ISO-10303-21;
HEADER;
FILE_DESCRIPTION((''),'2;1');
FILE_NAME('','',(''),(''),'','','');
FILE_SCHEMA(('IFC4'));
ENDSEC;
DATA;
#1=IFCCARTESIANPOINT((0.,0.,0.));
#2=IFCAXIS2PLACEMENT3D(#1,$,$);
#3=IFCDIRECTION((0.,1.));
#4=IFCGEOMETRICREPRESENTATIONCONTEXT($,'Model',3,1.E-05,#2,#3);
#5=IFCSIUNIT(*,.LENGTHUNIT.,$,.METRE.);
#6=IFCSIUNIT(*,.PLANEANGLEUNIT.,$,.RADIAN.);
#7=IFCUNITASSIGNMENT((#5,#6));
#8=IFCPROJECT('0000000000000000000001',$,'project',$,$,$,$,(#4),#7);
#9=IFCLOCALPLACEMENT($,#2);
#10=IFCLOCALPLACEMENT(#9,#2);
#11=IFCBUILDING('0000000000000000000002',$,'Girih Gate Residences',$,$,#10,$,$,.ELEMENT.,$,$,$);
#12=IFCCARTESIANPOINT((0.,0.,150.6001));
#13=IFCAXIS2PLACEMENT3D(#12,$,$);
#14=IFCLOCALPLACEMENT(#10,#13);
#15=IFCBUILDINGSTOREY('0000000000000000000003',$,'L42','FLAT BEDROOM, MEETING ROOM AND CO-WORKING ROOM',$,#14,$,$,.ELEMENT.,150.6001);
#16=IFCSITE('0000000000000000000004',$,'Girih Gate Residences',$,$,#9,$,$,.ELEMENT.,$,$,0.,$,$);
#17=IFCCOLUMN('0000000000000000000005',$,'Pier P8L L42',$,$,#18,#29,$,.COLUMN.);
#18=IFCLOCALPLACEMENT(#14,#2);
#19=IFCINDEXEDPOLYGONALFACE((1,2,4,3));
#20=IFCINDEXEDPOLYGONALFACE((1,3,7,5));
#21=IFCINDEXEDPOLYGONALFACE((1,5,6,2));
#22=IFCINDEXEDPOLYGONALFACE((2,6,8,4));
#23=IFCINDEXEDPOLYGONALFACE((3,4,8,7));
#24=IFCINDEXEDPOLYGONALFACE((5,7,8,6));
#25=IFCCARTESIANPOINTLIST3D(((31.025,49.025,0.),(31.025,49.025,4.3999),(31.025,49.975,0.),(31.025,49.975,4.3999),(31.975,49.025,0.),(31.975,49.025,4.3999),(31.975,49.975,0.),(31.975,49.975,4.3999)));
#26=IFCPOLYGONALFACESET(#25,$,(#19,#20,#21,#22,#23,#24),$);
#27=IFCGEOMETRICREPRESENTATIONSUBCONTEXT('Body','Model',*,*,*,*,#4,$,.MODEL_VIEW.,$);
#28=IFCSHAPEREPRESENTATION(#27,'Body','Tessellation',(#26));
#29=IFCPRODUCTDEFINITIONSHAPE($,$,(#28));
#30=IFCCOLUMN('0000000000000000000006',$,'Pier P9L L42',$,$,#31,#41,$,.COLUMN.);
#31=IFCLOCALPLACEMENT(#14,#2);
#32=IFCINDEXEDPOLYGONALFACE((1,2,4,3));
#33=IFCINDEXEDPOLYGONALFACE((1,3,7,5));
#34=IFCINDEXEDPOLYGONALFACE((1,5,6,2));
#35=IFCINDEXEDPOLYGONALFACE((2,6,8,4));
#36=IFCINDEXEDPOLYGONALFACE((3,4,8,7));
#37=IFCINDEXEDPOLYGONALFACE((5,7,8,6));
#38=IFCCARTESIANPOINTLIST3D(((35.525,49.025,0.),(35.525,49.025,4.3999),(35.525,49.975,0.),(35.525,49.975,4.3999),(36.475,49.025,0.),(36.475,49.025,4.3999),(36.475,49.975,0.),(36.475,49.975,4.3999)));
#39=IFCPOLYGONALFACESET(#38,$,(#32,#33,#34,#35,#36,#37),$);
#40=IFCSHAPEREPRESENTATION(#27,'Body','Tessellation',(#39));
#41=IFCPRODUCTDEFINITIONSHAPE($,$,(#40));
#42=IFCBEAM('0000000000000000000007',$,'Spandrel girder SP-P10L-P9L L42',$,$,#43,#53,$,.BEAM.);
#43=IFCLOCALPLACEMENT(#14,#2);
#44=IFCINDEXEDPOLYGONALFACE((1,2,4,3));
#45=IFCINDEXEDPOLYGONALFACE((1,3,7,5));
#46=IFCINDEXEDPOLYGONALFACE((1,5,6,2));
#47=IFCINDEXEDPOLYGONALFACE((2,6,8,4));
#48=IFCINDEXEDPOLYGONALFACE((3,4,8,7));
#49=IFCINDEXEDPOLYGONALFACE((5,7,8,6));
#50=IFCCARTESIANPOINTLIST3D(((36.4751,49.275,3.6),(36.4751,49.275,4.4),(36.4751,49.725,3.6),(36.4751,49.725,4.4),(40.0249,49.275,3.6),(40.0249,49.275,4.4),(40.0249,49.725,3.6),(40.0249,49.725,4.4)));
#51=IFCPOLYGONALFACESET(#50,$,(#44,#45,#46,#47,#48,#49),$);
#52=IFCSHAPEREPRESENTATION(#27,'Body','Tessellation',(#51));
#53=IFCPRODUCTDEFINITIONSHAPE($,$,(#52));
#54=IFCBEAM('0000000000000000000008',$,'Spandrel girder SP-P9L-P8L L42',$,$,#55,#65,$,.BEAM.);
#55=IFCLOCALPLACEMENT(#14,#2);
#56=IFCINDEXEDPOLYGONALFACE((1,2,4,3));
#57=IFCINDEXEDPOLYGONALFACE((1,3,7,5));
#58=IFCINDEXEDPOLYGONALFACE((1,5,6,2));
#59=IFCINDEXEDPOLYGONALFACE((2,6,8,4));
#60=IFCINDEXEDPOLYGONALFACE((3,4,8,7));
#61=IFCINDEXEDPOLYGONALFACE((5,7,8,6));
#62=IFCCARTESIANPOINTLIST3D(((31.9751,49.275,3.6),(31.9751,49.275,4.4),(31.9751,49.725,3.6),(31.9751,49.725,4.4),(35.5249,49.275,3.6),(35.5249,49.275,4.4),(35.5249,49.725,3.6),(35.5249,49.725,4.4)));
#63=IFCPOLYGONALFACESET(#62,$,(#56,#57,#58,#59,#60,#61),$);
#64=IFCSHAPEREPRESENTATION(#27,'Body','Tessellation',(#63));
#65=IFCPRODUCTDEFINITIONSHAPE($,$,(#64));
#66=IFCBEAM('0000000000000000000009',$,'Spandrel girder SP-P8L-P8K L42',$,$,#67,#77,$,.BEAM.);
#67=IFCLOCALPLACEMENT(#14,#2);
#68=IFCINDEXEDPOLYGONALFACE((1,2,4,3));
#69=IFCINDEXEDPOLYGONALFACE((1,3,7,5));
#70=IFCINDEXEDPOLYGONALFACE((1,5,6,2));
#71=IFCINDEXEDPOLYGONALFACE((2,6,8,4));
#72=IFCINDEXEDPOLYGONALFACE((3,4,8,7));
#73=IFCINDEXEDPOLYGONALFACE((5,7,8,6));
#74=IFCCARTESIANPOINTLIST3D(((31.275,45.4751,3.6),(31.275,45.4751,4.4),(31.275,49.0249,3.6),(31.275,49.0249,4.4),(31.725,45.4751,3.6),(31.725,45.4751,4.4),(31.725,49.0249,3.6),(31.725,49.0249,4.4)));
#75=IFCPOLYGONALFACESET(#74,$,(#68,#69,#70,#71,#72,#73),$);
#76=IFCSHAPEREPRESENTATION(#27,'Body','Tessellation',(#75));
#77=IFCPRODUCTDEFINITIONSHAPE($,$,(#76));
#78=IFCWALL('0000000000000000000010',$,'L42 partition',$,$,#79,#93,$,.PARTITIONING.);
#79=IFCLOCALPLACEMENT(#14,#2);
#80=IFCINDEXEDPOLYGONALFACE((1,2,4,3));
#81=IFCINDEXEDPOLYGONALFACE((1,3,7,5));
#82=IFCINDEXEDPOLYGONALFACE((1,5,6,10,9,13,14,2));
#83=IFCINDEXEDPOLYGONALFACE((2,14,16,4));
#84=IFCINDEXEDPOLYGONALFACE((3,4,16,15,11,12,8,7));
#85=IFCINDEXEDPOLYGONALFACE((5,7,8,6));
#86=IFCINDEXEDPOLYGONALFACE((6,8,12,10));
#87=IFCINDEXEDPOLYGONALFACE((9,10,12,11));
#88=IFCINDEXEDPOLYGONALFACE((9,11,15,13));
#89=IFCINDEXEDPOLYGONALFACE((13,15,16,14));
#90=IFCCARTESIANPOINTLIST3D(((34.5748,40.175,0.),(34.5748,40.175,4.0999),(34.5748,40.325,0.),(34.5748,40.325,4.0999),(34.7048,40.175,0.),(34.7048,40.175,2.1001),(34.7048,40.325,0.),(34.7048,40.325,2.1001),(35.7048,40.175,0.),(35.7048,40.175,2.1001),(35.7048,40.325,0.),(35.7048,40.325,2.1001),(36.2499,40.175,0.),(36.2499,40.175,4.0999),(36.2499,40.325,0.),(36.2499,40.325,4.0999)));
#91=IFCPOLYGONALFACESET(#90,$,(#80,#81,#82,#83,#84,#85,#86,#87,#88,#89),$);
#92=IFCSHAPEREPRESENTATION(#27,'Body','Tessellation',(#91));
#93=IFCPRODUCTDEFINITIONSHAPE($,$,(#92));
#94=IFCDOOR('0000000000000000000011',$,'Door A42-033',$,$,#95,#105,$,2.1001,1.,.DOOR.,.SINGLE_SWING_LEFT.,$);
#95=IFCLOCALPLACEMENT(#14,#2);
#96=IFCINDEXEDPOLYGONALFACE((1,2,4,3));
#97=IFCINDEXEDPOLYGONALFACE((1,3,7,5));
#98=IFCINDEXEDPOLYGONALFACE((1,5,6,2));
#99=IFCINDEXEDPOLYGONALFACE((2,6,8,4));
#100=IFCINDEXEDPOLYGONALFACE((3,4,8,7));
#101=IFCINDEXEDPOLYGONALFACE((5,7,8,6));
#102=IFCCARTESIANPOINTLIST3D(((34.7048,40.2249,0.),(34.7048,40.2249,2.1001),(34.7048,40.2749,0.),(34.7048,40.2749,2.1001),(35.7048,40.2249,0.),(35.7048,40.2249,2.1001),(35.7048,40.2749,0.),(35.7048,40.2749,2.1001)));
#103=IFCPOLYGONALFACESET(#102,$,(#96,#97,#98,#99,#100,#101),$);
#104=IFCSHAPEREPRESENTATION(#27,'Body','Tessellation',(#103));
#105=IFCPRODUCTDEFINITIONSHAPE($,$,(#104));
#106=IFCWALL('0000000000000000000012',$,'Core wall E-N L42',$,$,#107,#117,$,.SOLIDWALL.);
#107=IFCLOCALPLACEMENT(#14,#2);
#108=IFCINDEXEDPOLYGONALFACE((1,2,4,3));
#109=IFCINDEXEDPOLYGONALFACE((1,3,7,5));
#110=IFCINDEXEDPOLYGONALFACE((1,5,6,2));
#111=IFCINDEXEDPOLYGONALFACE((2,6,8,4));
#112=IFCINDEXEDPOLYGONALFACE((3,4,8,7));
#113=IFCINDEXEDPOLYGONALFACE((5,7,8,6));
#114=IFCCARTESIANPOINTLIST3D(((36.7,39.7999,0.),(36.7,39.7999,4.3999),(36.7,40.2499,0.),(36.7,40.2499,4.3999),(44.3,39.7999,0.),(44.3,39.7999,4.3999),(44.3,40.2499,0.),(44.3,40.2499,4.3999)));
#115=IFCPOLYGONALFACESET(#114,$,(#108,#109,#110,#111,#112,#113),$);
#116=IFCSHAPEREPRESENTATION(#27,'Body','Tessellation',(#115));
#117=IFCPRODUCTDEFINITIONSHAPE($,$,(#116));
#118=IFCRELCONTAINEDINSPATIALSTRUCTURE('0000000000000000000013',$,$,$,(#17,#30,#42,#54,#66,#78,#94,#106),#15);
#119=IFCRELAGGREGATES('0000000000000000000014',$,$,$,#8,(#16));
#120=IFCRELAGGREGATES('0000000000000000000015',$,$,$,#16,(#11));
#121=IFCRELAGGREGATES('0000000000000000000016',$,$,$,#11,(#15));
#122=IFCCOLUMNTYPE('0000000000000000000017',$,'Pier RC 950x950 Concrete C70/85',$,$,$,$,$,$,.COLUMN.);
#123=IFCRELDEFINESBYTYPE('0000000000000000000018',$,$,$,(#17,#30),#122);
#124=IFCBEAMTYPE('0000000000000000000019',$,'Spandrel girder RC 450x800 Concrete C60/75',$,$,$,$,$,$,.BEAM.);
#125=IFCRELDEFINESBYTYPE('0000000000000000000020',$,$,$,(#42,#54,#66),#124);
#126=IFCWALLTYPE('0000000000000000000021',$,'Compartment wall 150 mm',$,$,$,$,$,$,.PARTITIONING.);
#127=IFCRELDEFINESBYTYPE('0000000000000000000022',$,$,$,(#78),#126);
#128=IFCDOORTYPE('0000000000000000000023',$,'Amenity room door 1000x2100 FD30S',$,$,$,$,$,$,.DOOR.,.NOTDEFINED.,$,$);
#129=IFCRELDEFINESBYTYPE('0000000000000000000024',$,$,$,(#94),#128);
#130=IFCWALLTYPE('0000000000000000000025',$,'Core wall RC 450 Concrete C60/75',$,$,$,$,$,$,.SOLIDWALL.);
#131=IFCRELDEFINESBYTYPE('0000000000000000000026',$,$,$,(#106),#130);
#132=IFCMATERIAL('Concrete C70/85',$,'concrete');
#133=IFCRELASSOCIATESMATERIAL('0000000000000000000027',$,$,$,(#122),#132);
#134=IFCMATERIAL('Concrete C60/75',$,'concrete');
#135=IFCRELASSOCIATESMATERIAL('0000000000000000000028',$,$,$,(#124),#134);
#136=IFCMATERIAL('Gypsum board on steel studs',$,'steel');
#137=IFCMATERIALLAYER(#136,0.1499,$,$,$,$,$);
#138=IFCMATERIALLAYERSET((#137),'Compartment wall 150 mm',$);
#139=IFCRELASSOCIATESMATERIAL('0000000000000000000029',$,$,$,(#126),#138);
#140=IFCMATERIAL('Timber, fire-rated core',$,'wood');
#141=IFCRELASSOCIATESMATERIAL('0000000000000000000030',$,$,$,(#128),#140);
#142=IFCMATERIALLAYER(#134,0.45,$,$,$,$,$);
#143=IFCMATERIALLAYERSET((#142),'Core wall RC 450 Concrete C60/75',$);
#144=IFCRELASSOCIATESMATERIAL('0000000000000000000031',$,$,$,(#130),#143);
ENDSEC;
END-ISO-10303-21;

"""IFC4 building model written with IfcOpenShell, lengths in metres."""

from ifc_helpers import new_model, si_unit, direction, frame, frame_2d, origin, origin_2d, place, context, subcontext, project, spatial, rectangle, extrude, material, layer, layer_set, material_profile, profile_set, type_object, element, fill, save


model = new_model("IFC4")

# Units and contexts
model_context = context("Model", 3, precision=1e-05, world=origin(), true_north=direction((0.0, 1.0)))
body_context = subcontext(model_context, "Body", "Model", "MODEL_VIEW")
ifc_project = project(units=[si_unit("LENGTHUNIT", "METRE"), si_unit("PLANEANGLEUNIT", "RADIAN")], contexts=[model_context])

# Site, building, storey
site_placement = place(None, origin())
site = spatial("IfcSite", under=ifc_project, at=site_placement, Name="Girih Gate Residences", CompositionType="ELEMENT", RefElevation=0.0)
building_placement = place(site_placement, origin())
building = spatial("IfcBuilding", under=site, at=building_placement, Name="Girih Gate Residences", CompositionType="ELEMENT")
storey_placement = place(building_placement, frame((0.0, 0.0, 150.6001)))
storey = spatial("IfcBuildingStorey", under=building, at=storey_placement, Name="L42", Description="FLAT BEDROOM, MEETING ROOM AND CO-WORKING ROOM", CompositionType="ELEMENT", Elevation=150.6001)

# Columns
ifc_material_1 = material(Name="Concrete C70/85", Category="concrete")
ifc_material_profile_1 = material_profile(ifc_material_1, rectangle(XDim=0.95, YDim=0.95, at=origin_2d()))
ifc_profile_set_1 = profile_set([ifc_material_profile_1], Name="Concrete C70/85")
column_type = type_object("IfcColumnType", Name="Pier RC 950x950 Concrete C70/85", PredefinedType="COLUMN", material=ifc_profile_set_1)
for number, where, z_axis, x_axis, name in (
    (1, (31.5, 49.5, 0.0), (0.0, 0.0, 1.0), (1.0, 0.0, 0.0), "Pier P8L L42"),
    (2, (36.0, 49.5, 0.0), (0.0, 0.0, 1.0), (1.0, 0.0, 0.0), "Pier P9L L42"),
):
    element("IfcColumn", number, at=place(storey_placement, frame(where, z_axis=z_axis, x_axis=x_axis)), inside=storey, type_object=column_type, Name=name, PredefinedType="COLUMN", context=body_context, shape_type="SweptSolid", body=[
        extrude(rectangle(XDim=0.95, YDim=0.95, at=origin_2d()), origin(), (0.0, 0.0, 1.0), 4.3999),
    ])

# Beams
ifc_material_2 = material(Name="Concrete C60/75", Category="concrete")
ifc_material_profile_2 = material_profile(ifc_material_2, rectangle(XDim=0.45, YDim=0.8, at=origin_2d()))
ifc_profile_set_2 = profile_set([ifc_material_profile_2], Name="Concrete C60/75")
beam_type = type_object("IfcBeamType", Name="Spandrel girder RC 450x800 Concrete C60/75", PredefinedType="BEAM", material=ifc_profile_set_2)
for number, where, z_axis, x_axis, name in (
    (3, (40.0249, 49.5, 4.0), (-1.0, 0.0, 0.0), (0.0, -1.0, 0.0), "Spandrel girder SP-P10L-P9L L42"),
    (4, (35.5249, 49.5, 4.0), (-1.0, 0.0, 0.0), (0.0, -1.0, 0.0), "Spandrel girder SP-P9L-P8L L42"),
    (5, (31.5, 49.0249, 4.0), (0.0, -1.0, 0.0), (1.0, 0.0, 0.0), "Spandrel girder SP-P8L-P8K L42"),
):
    element("IfcBeam", number, at=place(storey_placement, frame(where, z_axis=z_axis, x_axis=x_axis)), inside=storey, type_object=beam_type, Name=name, PredefinedType="BEAM", context=body_context, shape_type="SweptSolid", body=[
        extrude(rectangle(XDim=0.45, YDim=0.8, at=origin_2d()), origin(), (0.0, 0.0, 1.0), 3.5498),
    ])

# Wall, opening, door
ifc_material_3 = material(Name="Gypsum board on steel studs", Category="steel")
ifc_layer_1 = layer(ifc_material_3, 0.1499)
ifc_layer_set_1 = layer_set([ifc_layer_1], Name="Compartment wall 150 mm")
wall_type_1 = type_object("IfcWallType", Name="Compartment wall 150 mm", PredefinedType="PARTITIONING", material=ifc_layer_set_1)
wall_1_placement = place(storey_placement, frame((34.575, 40.25, 0.0), z_axis=(0.0, 0.0, 1.0), x_axis=(1.0, 0.0, 0.0)))
wall_1 = element("IfcWall", 6, at=wall_1_placement, inside=storey, type_object=wall_type_1, Name="L42 partition", PredefinedType="PARTITIONING", context=body_context, shape_type="SweptSolid", body=[
    extrude(rectangle(XDim=1.675, YDim=0.1499, at=frame_2d((0.8374, 0.0))), origin(), (0.0, 0.0, 1.0), 4.0999),
])
opening_1_placement = place(wall_1_placement, frame((0.1299, 0.0, 0.0)))
opening_1 = element("IfcOpeningElement", 7, at=opening_1_placement, cuts=wall_1, PredefinedType="OPENING", context=body_context, shape_type="SweptSolid", body=[
    extrude(rectangle(XDim=1.0, YDim=2.1001, at=frame_2d((0.5, 1.05))), frame((0.0, 0.085, 0.0), z_axis=(0.0, -1.0, 0.0), x_axis=(1.0, 0.0, 0.0)), (0.0, 0.0, 1.0), 0.1699),
])
ifc_material_4 = material(Name="Timber, fire-rated core", Category="wood")
door_type_1 = type_object("IfcDoorType", Name="Amenity room door 1000x2100 FD30S", OperationType="NOTDEFINED", PredefinedType="DOOR", material=ifc_material_4)
door_1_placement = place(opening_1_placement, origin())
door_1 = element("IfcDoor", 8, at=door_1_placement, inside=storey, type_object=door_type_1, Name="Door A42-033", OperationType="SINGLE_SWING_LEFT", OverallHeight=2.1001, OverallWidth=1.0, PredefinedType="DOOR", context=body_context, shape_type="SweptSolid", body=[
    extrude(rectangle(XDim=1.0, YDim=2.1001, at=frame_2d((0.5, 1.05))), frame((0.0, 0.0249, 0.0), z_axis=(0.0, -1.0, 0.0), x_axis=(1.0, 0.0, 0.0)), (0.0, 0.0, 1.0), 0.05),
])
fill(opening_1, door_1)

# Wall
ifc_layer_2 = layer(ifc_material_2, 0.45)
ifc_layer_set_2 = layer_set([ifc_layer_2], Name="Core wall RC 450 Concrete C60/75")
wall_type_2 = type_object("IfcWallType", Name="Core wall RC 450 Concrete C60/75", PredefinedType="SOLIDWALL", material=ifc_layer_set_2)
wall_2_placement = place(storey_placement, frame((36.7, 40.0249, 0.0), z_axis=(0.0, 0.0, 1.0), x_axis=(1.0, 0.0, 0.0)))
element("IfcWall", 9, at=wall_2_placement, inside=storey, type_object=wall_type_2, Name="Core wall E-N L42", PredefinedType="SOLIDWALL", context=body_context, shape_type="SweptSolid", body=[
    extrude(rectangle(XDim=7.6001, YDim=0.45, at=frame_2d((3.8, 0.0))), origin(), (0.0, 0.0, 1.0), 4.3999),
])

save(model, "model.ifc")
